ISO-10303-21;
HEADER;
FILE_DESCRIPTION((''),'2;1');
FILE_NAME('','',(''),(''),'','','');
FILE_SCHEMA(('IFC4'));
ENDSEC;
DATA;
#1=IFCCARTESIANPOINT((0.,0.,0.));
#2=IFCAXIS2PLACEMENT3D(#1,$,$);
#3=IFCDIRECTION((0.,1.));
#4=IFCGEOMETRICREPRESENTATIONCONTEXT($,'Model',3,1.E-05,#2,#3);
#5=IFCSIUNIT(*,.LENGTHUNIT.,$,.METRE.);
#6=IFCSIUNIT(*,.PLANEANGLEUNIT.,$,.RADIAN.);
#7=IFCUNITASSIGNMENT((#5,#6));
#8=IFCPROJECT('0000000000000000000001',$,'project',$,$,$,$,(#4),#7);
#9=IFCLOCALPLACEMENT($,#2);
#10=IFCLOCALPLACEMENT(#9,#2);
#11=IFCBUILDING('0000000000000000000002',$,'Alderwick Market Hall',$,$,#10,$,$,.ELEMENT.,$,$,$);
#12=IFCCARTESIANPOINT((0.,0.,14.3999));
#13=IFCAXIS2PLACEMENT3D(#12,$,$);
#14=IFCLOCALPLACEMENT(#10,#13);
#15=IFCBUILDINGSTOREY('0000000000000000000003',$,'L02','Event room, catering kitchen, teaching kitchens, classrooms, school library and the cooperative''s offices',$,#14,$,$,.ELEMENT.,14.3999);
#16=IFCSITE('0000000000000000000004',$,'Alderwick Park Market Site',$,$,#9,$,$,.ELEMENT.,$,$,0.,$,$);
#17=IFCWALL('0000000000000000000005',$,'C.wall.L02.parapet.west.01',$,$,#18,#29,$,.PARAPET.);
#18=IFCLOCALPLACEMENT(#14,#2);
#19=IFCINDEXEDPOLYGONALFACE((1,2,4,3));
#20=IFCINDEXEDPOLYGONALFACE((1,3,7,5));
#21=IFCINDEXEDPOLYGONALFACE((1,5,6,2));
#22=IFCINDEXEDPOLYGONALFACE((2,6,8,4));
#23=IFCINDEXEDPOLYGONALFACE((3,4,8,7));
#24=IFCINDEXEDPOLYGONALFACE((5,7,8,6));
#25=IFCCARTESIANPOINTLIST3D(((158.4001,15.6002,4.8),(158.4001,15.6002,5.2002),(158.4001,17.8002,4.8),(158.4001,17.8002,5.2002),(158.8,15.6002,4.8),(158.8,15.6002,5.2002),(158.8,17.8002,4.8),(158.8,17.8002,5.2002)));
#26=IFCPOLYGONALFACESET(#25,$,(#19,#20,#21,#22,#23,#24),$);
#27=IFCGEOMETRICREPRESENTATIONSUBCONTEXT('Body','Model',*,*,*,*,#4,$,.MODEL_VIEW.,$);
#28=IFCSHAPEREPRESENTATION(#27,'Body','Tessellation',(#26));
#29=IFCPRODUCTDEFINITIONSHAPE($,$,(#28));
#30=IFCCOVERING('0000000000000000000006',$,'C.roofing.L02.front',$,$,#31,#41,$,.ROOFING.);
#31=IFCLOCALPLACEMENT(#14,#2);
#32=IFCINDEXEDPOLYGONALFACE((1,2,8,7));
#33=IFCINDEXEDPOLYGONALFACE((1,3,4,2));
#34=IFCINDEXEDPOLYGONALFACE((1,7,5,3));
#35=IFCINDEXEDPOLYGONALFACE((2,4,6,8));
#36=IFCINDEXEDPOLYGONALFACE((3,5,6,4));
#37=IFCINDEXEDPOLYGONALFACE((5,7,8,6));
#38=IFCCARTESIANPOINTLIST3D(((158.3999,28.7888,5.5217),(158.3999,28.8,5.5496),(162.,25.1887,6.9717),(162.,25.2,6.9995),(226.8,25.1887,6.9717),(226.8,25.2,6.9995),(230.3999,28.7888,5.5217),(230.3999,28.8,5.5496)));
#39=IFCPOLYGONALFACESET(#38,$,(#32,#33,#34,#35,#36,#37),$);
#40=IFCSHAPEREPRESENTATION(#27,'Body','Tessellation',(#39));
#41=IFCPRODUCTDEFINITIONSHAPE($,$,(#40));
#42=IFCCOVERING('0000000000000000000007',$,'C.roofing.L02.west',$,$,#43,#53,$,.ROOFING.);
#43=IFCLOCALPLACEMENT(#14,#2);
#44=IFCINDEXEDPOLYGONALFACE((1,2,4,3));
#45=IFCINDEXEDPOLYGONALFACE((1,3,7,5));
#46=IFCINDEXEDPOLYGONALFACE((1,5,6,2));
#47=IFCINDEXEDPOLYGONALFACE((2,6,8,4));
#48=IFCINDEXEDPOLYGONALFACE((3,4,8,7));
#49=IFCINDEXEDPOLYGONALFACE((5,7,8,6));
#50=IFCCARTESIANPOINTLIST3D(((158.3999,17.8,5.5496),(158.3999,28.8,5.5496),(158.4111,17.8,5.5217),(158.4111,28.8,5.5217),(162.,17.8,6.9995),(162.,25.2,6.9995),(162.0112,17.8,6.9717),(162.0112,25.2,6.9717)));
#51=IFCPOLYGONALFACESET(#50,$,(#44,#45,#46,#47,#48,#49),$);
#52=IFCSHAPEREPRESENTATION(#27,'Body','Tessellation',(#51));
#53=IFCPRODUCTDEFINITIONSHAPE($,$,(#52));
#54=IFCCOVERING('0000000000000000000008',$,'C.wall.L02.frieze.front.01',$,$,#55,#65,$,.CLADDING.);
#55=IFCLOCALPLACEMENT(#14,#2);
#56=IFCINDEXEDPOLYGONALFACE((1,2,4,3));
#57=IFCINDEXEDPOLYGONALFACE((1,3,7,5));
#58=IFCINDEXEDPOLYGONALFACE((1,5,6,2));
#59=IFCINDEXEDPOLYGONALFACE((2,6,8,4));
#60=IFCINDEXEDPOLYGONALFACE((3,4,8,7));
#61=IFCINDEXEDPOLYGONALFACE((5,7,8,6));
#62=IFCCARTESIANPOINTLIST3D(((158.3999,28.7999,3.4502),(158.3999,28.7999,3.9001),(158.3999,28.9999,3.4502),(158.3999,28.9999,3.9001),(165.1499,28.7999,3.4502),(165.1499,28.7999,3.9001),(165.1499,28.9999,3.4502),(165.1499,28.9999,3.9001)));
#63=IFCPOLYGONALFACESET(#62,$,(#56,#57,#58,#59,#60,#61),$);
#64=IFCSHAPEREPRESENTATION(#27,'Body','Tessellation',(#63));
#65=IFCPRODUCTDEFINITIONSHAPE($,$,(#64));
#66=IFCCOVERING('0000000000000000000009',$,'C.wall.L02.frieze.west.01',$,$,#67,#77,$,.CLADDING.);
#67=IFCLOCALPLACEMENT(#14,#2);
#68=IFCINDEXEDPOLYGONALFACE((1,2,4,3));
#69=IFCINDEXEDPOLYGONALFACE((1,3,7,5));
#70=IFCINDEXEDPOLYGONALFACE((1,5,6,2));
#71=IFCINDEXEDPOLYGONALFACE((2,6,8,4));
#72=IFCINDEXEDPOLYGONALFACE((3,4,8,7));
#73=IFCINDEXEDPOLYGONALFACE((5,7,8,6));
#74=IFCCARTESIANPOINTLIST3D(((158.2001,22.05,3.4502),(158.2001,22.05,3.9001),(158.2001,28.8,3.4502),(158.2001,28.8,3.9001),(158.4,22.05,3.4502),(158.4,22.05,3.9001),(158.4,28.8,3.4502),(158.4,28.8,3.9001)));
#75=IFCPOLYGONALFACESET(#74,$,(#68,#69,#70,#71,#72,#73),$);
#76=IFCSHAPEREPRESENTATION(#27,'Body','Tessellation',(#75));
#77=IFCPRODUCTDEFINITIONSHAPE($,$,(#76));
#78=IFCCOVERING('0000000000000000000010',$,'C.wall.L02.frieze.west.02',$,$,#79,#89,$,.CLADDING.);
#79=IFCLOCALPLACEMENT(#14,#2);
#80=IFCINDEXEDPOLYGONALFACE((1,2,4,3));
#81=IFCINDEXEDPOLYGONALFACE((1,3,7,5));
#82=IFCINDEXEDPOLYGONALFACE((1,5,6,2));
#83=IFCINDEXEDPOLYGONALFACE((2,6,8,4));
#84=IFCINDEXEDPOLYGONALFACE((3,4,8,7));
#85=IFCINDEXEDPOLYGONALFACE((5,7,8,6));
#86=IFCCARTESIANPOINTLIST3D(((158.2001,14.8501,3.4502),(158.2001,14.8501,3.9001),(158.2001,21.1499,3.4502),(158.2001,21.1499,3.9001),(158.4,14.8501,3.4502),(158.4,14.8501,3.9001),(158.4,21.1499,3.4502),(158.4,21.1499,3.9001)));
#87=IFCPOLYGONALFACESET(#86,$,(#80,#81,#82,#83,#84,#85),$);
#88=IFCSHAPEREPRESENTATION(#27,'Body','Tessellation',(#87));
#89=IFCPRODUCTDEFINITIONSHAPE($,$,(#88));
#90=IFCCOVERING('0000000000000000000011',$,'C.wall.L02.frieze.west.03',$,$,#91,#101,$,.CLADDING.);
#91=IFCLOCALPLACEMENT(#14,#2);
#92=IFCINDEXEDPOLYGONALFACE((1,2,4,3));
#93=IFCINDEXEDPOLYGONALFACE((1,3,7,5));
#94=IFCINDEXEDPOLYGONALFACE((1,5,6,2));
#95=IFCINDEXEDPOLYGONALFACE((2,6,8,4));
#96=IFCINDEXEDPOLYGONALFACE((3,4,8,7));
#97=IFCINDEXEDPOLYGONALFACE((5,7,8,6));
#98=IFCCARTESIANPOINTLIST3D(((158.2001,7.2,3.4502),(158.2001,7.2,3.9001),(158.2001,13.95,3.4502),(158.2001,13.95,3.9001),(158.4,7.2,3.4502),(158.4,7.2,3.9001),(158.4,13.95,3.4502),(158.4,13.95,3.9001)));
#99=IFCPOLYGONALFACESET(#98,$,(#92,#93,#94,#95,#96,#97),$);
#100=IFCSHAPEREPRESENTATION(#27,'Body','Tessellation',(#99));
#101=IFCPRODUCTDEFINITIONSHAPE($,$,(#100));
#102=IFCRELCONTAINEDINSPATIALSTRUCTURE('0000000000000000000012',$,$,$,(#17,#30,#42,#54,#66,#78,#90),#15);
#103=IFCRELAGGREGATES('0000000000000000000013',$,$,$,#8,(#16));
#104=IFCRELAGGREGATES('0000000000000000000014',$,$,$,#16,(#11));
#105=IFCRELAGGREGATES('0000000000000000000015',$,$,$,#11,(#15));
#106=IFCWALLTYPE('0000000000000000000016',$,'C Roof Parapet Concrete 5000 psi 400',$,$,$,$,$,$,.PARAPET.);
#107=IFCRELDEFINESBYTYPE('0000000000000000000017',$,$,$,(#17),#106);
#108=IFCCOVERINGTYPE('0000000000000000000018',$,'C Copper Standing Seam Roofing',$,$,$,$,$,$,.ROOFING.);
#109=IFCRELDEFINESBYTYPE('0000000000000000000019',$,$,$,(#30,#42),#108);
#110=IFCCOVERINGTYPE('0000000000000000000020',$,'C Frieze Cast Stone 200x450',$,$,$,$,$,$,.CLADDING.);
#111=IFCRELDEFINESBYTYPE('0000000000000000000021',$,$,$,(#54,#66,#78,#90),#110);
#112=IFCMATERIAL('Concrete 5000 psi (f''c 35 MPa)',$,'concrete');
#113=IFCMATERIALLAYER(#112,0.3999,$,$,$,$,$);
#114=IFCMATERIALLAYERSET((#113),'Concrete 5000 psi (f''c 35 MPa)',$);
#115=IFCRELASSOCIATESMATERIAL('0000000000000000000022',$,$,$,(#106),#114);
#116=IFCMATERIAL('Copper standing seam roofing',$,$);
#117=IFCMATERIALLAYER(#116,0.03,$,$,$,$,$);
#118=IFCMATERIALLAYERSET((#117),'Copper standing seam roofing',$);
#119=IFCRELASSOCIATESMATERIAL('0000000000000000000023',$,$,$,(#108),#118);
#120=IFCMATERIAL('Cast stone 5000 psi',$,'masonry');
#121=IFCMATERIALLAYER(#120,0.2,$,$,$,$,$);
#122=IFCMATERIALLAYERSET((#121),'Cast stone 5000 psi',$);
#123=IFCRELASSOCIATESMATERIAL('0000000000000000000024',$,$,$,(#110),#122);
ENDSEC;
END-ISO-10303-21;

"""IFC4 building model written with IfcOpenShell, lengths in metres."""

from ifc_helpers import new_model, si_unit, direction, frame, frame_2d, origin, place, context, subcontext, project, spatial, polyline, rectangle, outline, extrude, material, layer, layer_set, type_object, element, save


model = new_model("IFC4")

# Units and contexts
model_context = context("Model", 3, precision=1e-05, world=origin(), true_north=direction((0.0, 1.0)))
body_context = subcontext(model_context, "Body", "Model", "MODEL_VIEW")
ifc_project = project(units=[si_unit("LENGTHUNIT", "METRE"), si_unit("PLANEANGLEUNIT", "RADIAN")], contexts=[model_context])

# Site, building, storey
site_placement = place(None, origin())
site = spatial("IfcSite", under=ifc_project, at=site_placement, Name="Alderwick Park Market Site", CompositionType="ELEMENT", RefElevation=0.0)
building_placement = place(site_placement, origin())
building = spatial("IfcBuilding", under=site, at=building_placement, Name="Alderwick Market Hall", CompositionType="ELEMENT")
storey_placement = place(building_placement, frame((0.0, 0.0, 14.3999)))
storey = spatial("IfcBuildingStorey", under=building, at=storey_placement, Name="L02", Description="Event room, catering kitchen, teaching kitchens, classrooms, school library and the cooperative's offices", CompositionType="ELEMENT", Elevation=14.3999)

# Shared definitions
ifc_material_1 = material(Name="Concrete 5000 psi (f'c 35 MPa)", Category="concrete")

# Wall
ifc_layer_1 = layer(ifc_material_1, 0.3999)
ifc_layer_set_1 = layer_set([ifc_layer_1], Name="Concrete 5000 psi (f'c 35 MPa)")
wall_type_1 = type_object("IfcWallType", Name="C Roof Parapet Concrete 5000 psi 400", PredefinedType="PARAPET", material=ifc_layer_set_1)
wall_1_placement = place(storey_placement, frame((158.6001, 15.6001, 4.8), z_axis=(0.0, 0.0, 1.0), x_axis=(0.0, 1.0, 0.0)))
element("IfcWall", 1, at=wall_1_placement, inside=storey, type_object=wall_type_1, Name="C.wall.L02.parapet.west.01", PredefinedType="PARAPET", context=body_context, shape_type="SweptSolid", body=[
    extrude(rectangle(XDim=2.2, YDim=0.3999, at=frame_2d((1.1001, 0.0))), origin(), (0.0, 0.0, 1.0), 0.4001),
])

# Coverings
ifc_material_2 = material(Name="Copper standing seam roofing")
ifc_layer_2 = layer(ifc_material_2, 0.03)
ifc_layer_set_2 = layer_set([ifc_layer_2], Name="Copper standing seam roofing")
covering_type_1 = type_object("IfcCoveringType", Name="C Copper Standing Seam Roofing", PredefinedType="ROOFING", material=ifc_layer_set_2)
covering_1_placement = place(storey_placement, frame((158.3999, 28.8, 5.5496), z_axis=(0.0, 0.373591, 0.927593), x_axis=(1.0, 0.0, 0.0)))
element("IfcCovering", 2, at=covering_1_placement, inside=storey, type_object=covering_type_1, Name="C.roofing.L02.front", PredefinedType="ROOFING", context=body_context, shape_type="SweptSolid", body=[
    extrude(outline(polyline([(0.0, 0.0), (72.0, 0.0), (68.4001, -3.8811), (3.6001, -3.8811), (0.0, 0.0)])), origin(), (0.0, 0.0, -1.0), 0.03),
])
covering_2_placement = place(storey_placement, frame((158.3999, 28.8, 5.5496), z_axis=(-0.373591, 0.0, 0.927593), x_axis=(0.0, -1.0, 0.0)))
element("IfcCovering", 3, at=covering_2_placement, inside=storey, type_object=covering_type_1, Name="C.roofing.L02.west", PredefinedType="ROOFING", context=body_context, shape_type="SweptSolid", body=[
    extrude(outline(polyline([(0.0, 0.0), (11.0, 0.0), (11.0, 3.8811), (3.6001, 3.8811), (0.0, 0.0)])), origin(), (0.0, 0.0, -1.0), 0.03),
])
ifc_material_3 = material(Name="Cast stone 5000 psi", Category="masonry")
ifc_layer_3 = layer(ifc_material_3, 0.2)
ifc_layer_set_3 = layer_set([ifc_layer_3], Name="Cast stone 5000 psi")
covering_type_2 = type_object("IfcCoveringType", Name="C Frieze Cast Stone 200x450", PredefinedType="CLADDING", material=ifc_layer_set_3)
for number, where, z_axis, x_axis, name in (
    (4, (158.3999, 28.8999, 3.4502), (0.0, 0.0, 1.0), (1.0, 0.0, 0.0), "C.wall.L02.frieze.front.01"),
    (5, (158.3, 22.05, 3.4502), (0.0, 0.0, 1.0), (0.0, 1.0, 0.0), "C.wall.L02.frieze.west.01"),
):
    element("IfcCovering", number, at=place(storey_placement, frame(where, z_axis=z_axis, x_axis=x_axis)), inside=storey, type_object=covering_type_2, Name=name, PredefinedType="CLADDING", context=body_context, shape_type="SweptSolid", body=[
        extrude(rectangle(XDim=6.75, YDim=0.2, at=frame_2d((3.375, 0.0))), origin(), (0.0, 0.0, 1.0), 0.45),
    ])
covering_3_placement = place(storey_placement, frame((158.3, 14.8501, 3.4502), z_axis=(0.0, 0.0, 1.0), x_axis=(0.0, 1.0, 0.0)))
element("IfcCovering", 6, at=covering_3_placement, inside=storey, type_object=covering_type_2, Name="C.wall.L02.frieze.west.02", PredefinedType="CLADDING", context=body_context, shape_type="SweptSolid", body=[
    extrude(rectangle(XDim=6.2998, YDim=0.2, at=frame_2d((3.1499, 0.0))), origin(), (0.0, 0.0, 1.0), 0.45),
])
covering_4_placement = place(storey_placement, frame((158.3, 7.2, 3.4502), z_axis=(0.0, 0.0, 1.0), x_axis=(0.0, 1.0, 0.0)))
element("IfcCovering", 7, at=covering_4_placement, inside=storey, type_object=covering_type_2, Name="C.wall.L02.frieze.west.03", PredefinedType="CLADDING", context=body_context, shape_type="SweptSolid", body=[
    extrude(rectangle(XDim=6.75, YDim=0.2, at=frame_2d((3.375, 0.0))), origin(), (0.0, 0.0, 1.0), 0.45),
])

save(model, "model.ifc")
